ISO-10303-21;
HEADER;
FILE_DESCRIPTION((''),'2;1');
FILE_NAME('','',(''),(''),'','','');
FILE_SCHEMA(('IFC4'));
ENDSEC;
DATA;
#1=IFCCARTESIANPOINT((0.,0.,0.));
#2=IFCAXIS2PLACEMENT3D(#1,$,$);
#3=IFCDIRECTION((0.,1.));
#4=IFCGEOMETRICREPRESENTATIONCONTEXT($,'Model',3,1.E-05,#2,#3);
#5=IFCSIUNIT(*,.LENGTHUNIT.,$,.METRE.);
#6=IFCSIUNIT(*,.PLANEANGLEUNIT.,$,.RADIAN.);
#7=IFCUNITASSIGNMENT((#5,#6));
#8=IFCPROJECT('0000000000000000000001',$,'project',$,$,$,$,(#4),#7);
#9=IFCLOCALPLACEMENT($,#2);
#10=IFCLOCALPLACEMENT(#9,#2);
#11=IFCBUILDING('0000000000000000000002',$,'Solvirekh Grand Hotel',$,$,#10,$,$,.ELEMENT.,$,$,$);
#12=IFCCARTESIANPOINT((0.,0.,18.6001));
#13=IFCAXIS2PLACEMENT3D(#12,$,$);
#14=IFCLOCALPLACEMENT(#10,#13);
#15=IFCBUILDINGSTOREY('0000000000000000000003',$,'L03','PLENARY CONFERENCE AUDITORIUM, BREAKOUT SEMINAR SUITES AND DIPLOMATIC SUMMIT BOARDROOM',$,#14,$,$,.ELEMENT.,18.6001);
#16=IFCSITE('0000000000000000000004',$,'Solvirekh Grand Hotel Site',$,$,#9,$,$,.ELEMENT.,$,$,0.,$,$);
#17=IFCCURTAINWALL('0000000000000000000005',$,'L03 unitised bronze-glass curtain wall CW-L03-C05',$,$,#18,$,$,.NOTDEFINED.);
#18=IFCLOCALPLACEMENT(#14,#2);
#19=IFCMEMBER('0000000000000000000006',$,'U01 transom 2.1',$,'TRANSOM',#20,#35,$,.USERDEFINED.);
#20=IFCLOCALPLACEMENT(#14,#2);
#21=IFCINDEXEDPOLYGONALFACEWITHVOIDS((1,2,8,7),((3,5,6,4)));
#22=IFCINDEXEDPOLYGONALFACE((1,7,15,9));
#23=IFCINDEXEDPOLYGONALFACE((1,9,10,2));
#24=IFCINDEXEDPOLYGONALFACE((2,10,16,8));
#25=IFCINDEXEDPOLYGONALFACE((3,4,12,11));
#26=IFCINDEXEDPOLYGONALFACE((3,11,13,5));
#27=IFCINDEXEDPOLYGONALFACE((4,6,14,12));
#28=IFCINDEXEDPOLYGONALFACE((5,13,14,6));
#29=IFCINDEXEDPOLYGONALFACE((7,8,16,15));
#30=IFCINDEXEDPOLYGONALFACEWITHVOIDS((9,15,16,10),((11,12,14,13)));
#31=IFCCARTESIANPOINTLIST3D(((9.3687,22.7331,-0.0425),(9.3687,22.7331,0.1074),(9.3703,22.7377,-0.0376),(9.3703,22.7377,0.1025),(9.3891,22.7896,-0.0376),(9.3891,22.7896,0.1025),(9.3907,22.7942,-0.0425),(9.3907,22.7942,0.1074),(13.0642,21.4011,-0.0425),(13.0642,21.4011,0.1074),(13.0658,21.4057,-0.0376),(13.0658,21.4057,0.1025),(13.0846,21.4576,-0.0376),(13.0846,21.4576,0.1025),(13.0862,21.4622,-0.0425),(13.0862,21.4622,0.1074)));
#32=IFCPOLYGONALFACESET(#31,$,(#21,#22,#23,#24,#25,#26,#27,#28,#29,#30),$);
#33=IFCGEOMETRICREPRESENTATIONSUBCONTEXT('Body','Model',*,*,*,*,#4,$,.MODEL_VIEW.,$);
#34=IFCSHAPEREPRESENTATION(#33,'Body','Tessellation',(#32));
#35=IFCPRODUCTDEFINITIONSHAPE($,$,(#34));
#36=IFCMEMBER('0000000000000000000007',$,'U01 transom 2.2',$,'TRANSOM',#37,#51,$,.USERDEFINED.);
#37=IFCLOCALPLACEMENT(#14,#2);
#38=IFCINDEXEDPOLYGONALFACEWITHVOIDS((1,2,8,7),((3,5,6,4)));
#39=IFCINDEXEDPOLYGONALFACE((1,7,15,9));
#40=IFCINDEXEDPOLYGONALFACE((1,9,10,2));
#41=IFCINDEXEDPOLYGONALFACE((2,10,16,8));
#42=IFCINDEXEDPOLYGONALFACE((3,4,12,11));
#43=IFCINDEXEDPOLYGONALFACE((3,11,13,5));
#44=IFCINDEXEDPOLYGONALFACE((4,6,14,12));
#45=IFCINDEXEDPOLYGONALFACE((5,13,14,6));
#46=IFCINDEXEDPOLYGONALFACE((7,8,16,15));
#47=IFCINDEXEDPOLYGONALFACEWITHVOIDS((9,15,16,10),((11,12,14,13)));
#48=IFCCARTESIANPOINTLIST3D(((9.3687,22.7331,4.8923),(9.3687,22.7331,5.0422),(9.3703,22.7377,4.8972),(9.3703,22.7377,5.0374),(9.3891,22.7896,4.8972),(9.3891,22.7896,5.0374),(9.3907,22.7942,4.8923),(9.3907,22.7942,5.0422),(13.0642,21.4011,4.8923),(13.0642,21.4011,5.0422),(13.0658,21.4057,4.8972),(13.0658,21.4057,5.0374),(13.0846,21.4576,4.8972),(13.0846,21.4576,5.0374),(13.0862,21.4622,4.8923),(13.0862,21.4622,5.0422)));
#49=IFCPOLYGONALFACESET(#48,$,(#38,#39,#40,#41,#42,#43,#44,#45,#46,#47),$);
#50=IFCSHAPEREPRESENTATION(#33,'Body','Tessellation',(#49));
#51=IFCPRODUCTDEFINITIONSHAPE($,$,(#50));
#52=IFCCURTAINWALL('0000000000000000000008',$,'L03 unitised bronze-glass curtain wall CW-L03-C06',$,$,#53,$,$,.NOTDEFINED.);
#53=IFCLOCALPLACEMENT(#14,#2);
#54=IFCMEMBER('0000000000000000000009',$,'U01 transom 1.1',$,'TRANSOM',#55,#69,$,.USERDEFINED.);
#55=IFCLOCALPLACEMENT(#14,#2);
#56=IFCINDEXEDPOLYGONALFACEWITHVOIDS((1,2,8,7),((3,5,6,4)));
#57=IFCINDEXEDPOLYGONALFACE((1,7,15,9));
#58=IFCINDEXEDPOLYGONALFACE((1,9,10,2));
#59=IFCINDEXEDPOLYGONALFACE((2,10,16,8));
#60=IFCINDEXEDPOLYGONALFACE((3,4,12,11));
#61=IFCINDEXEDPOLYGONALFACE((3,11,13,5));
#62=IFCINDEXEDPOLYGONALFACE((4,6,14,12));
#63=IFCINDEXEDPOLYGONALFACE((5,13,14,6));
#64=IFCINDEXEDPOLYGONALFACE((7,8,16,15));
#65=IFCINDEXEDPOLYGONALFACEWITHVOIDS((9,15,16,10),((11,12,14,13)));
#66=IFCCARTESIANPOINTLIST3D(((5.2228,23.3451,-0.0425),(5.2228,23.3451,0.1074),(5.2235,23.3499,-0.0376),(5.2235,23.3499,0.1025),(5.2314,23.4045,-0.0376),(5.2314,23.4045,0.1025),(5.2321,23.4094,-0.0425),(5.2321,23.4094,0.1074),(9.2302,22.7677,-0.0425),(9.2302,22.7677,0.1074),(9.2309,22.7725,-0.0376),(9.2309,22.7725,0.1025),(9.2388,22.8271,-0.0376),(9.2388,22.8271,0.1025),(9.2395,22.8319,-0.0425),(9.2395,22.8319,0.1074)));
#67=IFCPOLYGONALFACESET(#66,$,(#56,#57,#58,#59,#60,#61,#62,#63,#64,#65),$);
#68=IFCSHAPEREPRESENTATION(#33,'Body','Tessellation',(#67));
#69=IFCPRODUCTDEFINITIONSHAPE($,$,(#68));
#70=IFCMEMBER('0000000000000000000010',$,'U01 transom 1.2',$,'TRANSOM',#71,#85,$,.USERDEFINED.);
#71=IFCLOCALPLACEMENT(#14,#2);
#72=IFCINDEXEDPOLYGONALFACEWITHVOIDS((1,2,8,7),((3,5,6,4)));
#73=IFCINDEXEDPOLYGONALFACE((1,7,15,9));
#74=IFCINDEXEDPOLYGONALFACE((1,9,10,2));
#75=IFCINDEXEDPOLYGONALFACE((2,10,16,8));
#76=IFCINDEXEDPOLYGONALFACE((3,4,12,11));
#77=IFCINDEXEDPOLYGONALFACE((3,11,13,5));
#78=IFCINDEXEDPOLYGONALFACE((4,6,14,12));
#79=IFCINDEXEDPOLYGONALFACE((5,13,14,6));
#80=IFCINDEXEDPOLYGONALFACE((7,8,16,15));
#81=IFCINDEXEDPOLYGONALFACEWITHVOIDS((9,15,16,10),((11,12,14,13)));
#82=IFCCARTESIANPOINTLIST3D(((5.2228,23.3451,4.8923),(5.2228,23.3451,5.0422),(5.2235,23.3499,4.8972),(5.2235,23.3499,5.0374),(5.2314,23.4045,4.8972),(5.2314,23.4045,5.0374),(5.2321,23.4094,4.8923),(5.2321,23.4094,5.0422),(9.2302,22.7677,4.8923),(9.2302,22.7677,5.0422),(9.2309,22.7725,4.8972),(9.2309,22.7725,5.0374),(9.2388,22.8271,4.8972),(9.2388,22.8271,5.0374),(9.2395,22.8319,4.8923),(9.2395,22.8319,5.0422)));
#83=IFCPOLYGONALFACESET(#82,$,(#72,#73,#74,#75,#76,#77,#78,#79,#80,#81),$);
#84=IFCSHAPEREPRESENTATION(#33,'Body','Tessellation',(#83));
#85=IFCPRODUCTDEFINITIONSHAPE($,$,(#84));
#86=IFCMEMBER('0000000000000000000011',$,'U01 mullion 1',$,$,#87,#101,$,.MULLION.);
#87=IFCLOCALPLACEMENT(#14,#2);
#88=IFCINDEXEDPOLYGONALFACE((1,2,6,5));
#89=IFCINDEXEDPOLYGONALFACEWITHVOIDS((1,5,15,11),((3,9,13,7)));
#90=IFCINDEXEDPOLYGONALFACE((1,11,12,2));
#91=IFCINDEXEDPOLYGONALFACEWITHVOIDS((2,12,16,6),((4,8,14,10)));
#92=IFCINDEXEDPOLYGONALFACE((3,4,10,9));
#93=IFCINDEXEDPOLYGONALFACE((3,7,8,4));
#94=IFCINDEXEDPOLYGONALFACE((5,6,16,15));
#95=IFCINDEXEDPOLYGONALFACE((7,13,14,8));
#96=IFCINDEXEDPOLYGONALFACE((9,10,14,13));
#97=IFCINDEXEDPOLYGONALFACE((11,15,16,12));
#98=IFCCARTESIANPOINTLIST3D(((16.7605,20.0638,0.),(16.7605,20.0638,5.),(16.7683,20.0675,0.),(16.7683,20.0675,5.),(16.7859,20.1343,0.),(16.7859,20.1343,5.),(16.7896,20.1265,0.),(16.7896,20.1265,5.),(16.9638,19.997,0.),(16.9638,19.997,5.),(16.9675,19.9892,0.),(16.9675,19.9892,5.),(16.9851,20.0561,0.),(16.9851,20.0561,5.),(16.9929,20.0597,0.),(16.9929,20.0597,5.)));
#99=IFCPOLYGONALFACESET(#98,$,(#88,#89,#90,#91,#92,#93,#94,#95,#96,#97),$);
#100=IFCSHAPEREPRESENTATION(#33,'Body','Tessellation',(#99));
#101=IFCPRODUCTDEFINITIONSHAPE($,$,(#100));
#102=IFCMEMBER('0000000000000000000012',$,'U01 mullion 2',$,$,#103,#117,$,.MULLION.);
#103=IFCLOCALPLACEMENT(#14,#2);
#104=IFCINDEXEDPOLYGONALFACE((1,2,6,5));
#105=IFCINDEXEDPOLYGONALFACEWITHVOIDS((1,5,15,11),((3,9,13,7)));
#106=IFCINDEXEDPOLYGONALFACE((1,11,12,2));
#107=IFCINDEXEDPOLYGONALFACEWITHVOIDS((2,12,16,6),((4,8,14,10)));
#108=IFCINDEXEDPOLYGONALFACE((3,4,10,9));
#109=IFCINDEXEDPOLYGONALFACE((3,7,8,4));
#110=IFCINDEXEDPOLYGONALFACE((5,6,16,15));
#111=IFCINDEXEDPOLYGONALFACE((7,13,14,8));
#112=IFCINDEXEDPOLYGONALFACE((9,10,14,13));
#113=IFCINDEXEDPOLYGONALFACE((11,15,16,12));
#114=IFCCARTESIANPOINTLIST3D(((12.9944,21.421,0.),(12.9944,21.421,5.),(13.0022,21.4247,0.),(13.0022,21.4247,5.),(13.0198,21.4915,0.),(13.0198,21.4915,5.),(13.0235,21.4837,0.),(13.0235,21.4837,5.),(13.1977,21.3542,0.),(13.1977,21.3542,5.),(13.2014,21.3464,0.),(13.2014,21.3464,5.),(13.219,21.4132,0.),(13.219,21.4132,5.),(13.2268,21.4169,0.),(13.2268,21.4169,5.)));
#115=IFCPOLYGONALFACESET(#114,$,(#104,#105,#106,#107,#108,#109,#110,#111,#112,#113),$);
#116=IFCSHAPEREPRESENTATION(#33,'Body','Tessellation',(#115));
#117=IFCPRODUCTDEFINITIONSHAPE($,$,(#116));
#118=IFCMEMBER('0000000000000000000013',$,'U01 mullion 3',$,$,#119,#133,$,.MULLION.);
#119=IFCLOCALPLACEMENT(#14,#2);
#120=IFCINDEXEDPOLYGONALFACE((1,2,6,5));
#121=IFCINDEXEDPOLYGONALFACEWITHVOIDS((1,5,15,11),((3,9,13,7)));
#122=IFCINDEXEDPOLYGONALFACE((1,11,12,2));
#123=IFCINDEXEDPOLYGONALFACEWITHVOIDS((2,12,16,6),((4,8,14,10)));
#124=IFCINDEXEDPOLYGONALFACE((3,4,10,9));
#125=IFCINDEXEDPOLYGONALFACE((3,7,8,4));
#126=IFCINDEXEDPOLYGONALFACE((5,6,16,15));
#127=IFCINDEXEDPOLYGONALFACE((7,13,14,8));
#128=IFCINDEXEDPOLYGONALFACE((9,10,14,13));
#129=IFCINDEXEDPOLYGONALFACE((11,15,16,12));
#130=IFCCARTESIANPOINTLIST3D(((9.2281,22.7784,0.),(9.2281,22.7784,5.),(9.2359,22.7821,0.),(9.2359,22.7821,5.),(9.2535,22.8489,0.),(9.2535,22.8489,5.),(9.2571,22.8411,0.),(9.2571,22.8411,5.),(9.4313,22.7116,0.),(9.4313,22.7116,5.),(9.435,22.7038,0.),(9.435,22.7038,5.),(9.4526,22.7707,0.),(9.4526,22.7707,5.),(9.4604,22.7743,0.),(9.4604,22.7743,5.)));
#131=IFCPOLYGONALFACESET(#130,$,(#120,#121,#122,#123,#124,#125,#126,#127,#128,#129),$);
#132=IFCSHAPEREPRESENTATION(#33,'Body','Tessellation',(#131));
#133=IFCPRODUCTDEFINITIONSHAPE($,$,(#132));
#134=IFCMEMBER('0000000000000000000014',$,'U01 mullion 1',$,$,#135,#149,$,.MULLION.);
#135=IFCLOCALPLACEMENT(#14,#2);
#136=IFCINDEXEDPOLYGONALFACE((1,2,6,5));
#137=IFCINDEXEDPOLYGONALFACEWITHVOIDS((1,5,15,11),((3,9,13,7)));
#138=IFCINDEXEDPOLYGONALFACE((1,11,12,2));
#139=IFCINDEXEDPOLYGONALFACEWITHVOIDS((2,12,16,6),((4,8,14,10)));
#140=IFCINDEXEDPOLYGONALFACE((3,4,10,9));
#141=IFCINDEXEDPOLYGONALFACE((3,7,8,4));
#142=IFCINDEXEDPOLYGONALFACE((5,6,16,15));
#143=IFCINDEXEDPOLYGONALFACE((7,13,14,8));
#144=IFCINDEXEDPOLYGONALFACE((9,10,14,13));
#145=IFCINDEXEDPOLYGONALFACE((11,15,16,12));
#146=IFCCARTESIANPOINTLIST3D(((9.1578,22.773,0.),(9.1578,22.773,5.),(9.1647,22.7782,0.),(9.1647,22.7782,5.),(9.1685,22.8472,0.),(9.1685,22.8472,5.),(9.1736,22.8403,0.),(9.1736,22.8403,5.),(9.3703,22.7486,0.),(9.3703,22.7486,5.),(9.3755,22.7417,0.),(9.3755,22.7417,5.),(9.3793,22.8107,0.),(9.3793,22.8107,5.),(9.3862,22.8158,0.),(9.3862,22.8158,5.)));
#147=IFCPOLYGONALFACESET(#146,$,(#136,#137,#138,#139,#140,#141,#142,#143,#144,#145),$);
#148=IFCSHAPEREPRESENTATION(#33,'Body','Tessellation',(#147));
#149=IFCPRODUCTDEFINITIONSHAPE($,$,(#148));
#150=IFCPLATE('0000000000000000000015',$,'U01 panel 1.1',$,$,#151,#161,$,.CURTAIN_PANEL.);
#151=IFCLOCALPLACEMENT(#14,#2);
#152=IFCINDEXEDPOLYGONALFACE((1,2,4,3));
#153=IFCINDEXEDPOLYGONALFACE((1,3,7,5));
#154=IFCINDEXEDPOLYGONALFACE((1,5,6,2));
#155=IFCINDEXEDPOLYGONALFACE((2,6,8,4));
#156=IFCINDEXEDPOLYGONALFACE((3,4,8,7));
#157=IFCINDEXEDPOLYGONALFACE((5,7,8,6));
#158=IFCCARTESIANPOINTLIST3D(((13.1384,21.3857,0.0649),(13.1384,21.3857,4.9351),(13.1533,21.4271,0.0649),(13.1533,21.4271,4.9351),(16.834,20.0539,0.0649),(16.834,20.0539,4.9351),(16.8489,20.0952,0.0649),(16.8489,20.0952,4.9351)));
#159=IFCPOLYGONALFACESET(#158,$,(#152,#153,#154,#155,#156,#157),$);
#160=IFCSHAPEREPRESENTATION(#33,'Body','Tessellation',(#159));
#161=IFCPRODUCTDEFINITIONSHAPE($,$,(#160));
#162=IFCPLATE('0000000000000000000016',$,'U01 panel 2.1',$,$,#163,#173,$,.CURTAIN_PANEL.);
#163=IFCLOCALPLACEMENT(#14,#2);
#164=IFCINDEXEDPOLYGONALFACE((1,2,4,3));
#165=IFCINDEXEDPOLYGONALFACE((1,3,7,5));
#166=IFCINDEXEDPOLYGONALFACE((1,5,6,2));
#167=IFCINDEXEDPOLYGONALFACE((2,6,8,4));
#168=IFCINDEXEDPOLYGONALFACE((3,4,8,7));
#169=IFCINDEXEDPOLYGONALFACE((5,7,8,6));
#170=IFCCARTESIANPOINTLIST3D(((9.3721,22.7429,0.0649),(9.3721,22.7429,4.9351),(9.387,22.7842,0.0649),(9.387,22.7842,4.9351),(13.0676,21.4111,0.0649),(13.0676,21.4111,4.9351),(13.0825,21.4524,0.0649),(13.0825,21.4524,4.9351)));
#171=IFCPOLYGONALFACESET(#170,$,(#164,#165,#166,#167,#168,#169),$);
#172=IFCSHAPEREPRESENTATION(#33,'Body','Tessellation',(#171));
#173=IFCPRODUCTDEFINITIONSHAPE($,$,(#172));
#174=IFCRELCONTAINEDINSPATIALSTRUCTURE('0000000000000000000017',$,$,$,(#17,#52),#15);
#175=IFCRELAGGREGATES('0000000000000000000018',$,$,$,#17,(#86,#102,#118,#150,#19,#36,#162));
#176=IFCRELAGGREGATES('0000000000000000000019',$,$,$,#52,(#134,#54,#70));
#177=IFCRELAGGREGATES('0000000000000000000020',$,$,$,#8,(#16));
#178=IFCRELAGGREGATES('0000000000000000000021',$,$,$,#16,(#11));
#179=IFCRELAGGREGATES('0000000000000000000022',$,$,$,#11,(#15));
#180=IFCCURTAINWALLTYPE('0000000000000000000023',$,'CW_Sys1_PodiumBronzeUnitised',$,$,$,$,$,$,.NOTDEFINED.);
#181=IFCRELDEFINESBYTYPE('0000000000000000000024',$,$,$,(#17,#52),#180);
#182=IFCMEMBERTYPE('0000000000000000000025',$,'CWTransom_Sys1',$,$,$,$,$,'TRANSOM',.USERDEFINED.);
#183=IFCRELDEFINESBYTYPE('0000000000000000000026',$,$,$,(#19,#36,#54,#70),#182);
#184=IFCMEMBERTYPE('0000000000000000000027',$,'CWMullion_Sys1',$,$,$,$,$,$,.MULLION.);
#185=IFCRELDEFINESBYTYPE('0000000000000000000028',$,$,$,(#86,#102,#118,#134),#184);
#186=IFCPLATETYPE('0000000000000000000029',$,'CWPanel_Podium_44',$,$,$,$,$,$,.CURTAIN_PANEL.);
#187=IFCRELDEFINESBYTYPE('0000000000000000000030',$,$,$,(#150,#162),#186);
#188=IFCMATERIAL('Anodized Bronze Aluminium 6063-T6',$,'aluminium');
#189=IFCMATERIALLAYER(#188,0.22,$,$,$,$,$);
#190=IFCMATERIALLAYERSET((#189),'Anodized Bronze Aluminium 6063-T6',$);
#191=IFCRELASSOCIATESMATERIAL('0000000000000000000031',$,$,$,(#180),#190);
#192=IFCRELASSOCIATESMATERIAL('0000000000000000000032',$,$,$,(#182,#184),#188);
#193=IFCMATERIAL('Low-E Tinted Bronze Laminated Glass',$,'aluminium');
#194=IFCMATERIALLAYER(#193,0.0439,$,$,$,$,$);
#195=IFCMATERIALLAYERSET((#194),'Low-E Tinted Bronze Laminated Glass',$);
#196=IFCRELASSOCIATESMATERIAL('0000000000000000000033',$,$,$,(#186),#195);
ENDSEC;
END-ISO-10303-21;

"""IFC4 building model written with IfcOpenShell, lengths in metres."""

from ifc_helpers import new_model, si_unit, direction, frame, origin, origin_2d, place, context, subcontext, project, spatial, rectangle, hollow_rectangle, extrude, source, transform, mapped, material, layer, layer_set, material_profile, profile_set, type_object, element, aggregate, save


model = new_model("IFC4")

# Units and contexts
model_context = context("Model", 3, precision=1e-05, world=origin(), true_north=direction((0.0, 1.0)))
body_context = subcontext(model_context, "Body", "Model", "MODEL_VIEW")
ifc_project = project(units=[si_unit("LENGTHUNIT", "METRE"), si_unit("PLANEANGLEUNIT", "RADIAN")], contexts=[model_context])

# Site, building, storey
site_placement = place(None, origin())
site = spatial("IfcSite", under=ifc_project, at=site_placement, Name="Solvirekh Grand Hotel Site", CompositionType="ELEMENT", RefElevation=0.0)
building_placement = place(site_placement, origin())
building = spatial("IfcBuilding", under=site, at=building_placement, Name="Solvirekh Grand Hotel", CompositionType="ELEMENT")
storey_placement = place(building_placement, frame((0.0, 0.0, 18.6001)))
storey = spatial("IfcBuildingStorey", under=building, at=storey_placement, Name="L03", Description="PLENARY CONFERENCE AUDITORIUM, BREAKOUT SEMINAR SUITES AND DIPLOMATIC SUMMIT BOARDROOM", CompositionType="ELEMENT", Elevation=18.6001)

# Curtain walls, members
ifc_material_1 = material(Name="Anodized Bronze Aluminium 6063-T6", Category="aluminium")
ifc_layer_1 = layer(ifc_material_1, 0.22)
ifc_layer_set_1 = layer_set([ifc_layer_1], Name="Anodized Bronze Aluminium 6063-T6")
curtain_wall_type = type_object("IfcCurtainWallType", Name="CW_Sys1_PodiumBronzeUnitised", PredefinedType="NOTDEFINED", material=ifc_layer_set_1)
curtain_wall_1_placement = place(storey_placement, origin())
curtain_wall_1 = element("IfcCurtainWall", 1, at=curtain_wall_1_placement, inside=storey, type_object=curtain_wall_type, Name="L03 unitised bronze-glass curtain wall CW-L03-C05", PredefinedType="NOTDEFINED")
ifc_material_profile_1 = material_profile(ifc_material_1, hollow_rectangle(XDim=0.0649, YDim=0.1499, WallThickness=0.0049, at=origin_2d()), Name="ALU RHS 150X65X5")
ifc_profile_set_1 = profile_set([ifc_material_profile_1], Name="Anodized Bronze Aluminium 6063-T6")
member_type_1 = type_object("IfcMemberType", Name="CWTransom_Sys1", ElementType="TRANSOM", PredefinedType="USERDEFINED", material=ifc_profile_set_1)
shared_shape_1 = source(origin(), body_context, "Body", "SweptSolid", [
    extrude(hollow_rectangle(XDim=0.0649, YDim=0.1499, WallThickness=0.0049, at=origin_2d()), origin(), (0.0, 0.0, 1.0), 3.9282),
])
member_1_placement = place(storey_placement, frame((13.0752, 21.4316, 0.0325), z_axis=(-0.940755, 0.339087, 0.0), x_axis=(-0.339087, -0.940755, 0.0)))
member_1 = element("IfcMember", 2, at=member_1_placement, type_object=member_type_1, Name="U01 transom 2.1", ObjectType="TRANSOM", PredefinedType="USERDEFINED", context=body_context, shape_type="MappedRepresentation", body=[
    mapped(shared_shape_1, transform((0.0, 0.0, 0.0), x_axis=(1.0, 0.0, 0.0), y_axis=(0.0, 1.0, 0.0), z_axis=(0.0, 0.0, 1.0), scale=1.0)),
])
member_2_placement = place(storey_placement, frame((13.0752, 21.4316, 4.9673), z_axis=(-0.940755, 0.339087, 0.0), x_axis=(-0.339087, -0.940755, 0.0)))
member_2 = element("IfcMember", 3, at=member_2_placement, type_object=member_type_1, Name="U01 transom 2.2", ObjectType="TRANSOM", PredefinedType="USERDEFINED", context=body_context, shape_type="MappedRepresentation", body=[
    mapped(shared_shape_1, transform((0.0, 0.0, 0.0), x_axis=(1.0, 0.0, 0.0), y_axis=(0.0, 1.0, 0.0), z_axis=(0.0, 0.0, 1.0), scale=1.0)),
])
curtain_wall_2_placement = place(storey_placement, origin())
curtain_wall_2 = element("IfcCurtainWall", 4, at=curtain_wall_2_placement, inside=storey, type_object=curtain_wall_type, Name="L03 unitised bronze-glass curtain wall CW-L03-C06", PredefinedType="NOTDEFINED")
shared_shape_2 = source(origin(), body_context, "Body", "SweptSolid", [
    extrude(hollow_rectangle(XDim=0.0649, YDim=0.1499, WallThickness=0.0049, at=origin_2d()), origin(), (0.0, 0.0, 1.0), 4.0488),
])
member_3_placement = place(storey_placement, frame((9.2349, 22.7998, 0.0325), z_axis=(-0.989779, 0.142612, 0.0), x_axis=(-0.142612, -0.989779, 0.0)))
member_3 = element("IfcMember", 5, at=member_3_placement, type_object=member_type_1, Name="U01 transom 1.1", ObjectType="TRANSOM", PredefinedType="USERDEFINED", context=body_context, shape_type="MappedRepresentation", body=[
    mapped(shared_shape_2, transform((0.0, 0.0, 0.0), x_axis=(1.0, 0.0, 0.0), y_axis=(0.0, 1.0, 0.0), z_axis=(0.0, 0.0, 1.0), scale=1.0)),
])
member_4_placement = place(storey_placement, frame((9.2349, 22.7998, 4.9673), z_axis=(-0.989779, 0.142612, 0.0), x_axis=(-0.142612, -0.989779, 0.0)))
member_4 = element("IfcMember", 6, at=member_4_placement, type_object=member_type_1, Name="U01 transom 1.2", ObjectType="TRANSOM", PredefinedType="USERDEFINED", context=body_context, shape_type="MappedRepresentation", body=[
    mapped(shared_shape_2, transform((0.0, 0.0, 0.0), x_axis=(1.0, 0.0, 0.0), y_axis=(0.0, 1.0, 0.0), z_axis=(0.0, 0.0, 1.0), scale=1.0)),
])

# Members
ifc_material_profile_2 = material_profile(ifc_material_1, hollow_rectangle(XDim=0.075, YDim=0.22, WallThickness=0.0061, at=origin_2d()), Name="ALU RHS 220X75X6")
ifc_profile_set_2 = profile_set([ifc_material_profile_2], Name="Anodized Bronze Aluminium 6063-T6")
member_type_2 = type_object("IfcMemberType", Name="CWMullion_Sys1", PredefinedType="MULLION", material=ifc_profile_set_2)
shared_shape_3 = source(origin(), body_context, "Body", "SweptSolid", [
    extrude(hollow_rectangle(XDim=0.075, YDim=0.22, WallThickness=0.0061, at=origin_2d()), origin(), (0.0, 0.0, 1.0), 5.0),
])
member_5_placement = place(storey_placement, frame((16.8767, 20.0618, 0.0), z_axis=(0.0, 0.0, 1.0), x_axis=(-0.339039, -0.940772, 0.0)))
member_5 = element("IfcMember", 7, at=member_5_placement, type_object=member_type_2, Name="U01 mullion 1", PredefinedType="MULLION", context=body_context, shape_type="MappedRepresentation", body=[
    mapped(shared_shape_3, transform((0.0, 0.0, 0.0), x_axis=(1.0, 0.0, 0.0), y_axis=(0.0, 1.0, 0.0), z_axis=(0.0, 0.0, 1.0), scale=1.0)),
])
member_6_placement = place(storey_placement, frame((13.1106, 21.4189, 0.0), z_axis=(0.0, 0.0, 1.0), x_axis=(-0.339039, -0.940772, 0.0)))
member_6 = element("IfcMember", 8, at=member_6_placement, type_object=member_type_2, Name="U01 mullion 2", PredefinedType="MULLION", context=body_context, shape_type="MappedRepresentation", body=[
    mapped(shared_shape_3, transform((0.0, 0.0, 0.0), x_axis=(1.0, 0.0, 0.0), y_axis=(0.0, 1.0, 0.0), z_axis=(0.0, 0.0, 1.0), scale=1.0)),
])
member_7_placement = place(storey_placement, frame((9.3442, 22.7764, 0.0), z_axis=(0.0, 0.0, 1.0), x_axis=(-0.339039, -0.940772, 0.0)))
member_7 = element("IfcMember", 9, at=member_7_placement, type_object=member_type_2, Name="U01 mullion 3", PredefinedType="MULLION", context=body_context, shape_type="MappedRepresentation", body=[
    mapped(shared_shape_3, transform((0.0, 0.0, 0.0), x_axis=(1.0, 0.0, 0.0), y_axis=(0.0, 1.0, 0.0), z_axis=(0.0, 0.0, 1.0), scale=1.0)),
])
member_8_placement = place(storey_placement, frame((9.272, 22.7944, 0.0), z_axis=(0.0, 0.0, 1.0), x_axis=(-0.142632, -0.989776, 0.0)))
member_8 = element("IfcMember", 10, at=member_8_placement, type_object=member_type_2, Name="U01 mullion 1", PredefinedType="MULLION", context=body_context, shape_type="MappedRepresentation", body=[
    mapped(shared_shape_3, transform((0.0, 0.0, 0.0), x_axis=(1.0, 0.0, 0.0), y_axis=(0.0, 1.0, 0.0), z_axis=(0.0, 0.0, 1.0), scale=1.0)),
])

# Plates
ifc_material_2 = material(Name="Low-E Tinted Bronze Laminated Glass", Category="aluminium")
ifc_layer_2 = layer(ifc_material_2, 0.0439)
ifc_layer_set_2 = layer_set([ifc_layer_2], Name="Low-E Tinted Bronze Laminated Glass")
plate_type = type_object("IfcPlateType", Name="CWPanel_Podium_44", PredefinedType="CURTAIN_PANEL", material=ifc_layer_set_2)
shared_shape_4 = source(origin(), body_context, "Body", "SweptSolid", [
    extrude(rectangle(XDim=3.9282, YDim=0.0439, at=origin_2d()), origin(), (0.0, 0.0, 1.0), 4.8701),
])
plate_1_placement = place(storey_placement, frame((14.9937, 20.7405, 0.0649), z_axis=(0.0, 0.0, 1.0), x_axis=(-0.940772, 0.339039, 0.0)))
plate_1 = element("IfcPlate", 11, at=plate_1_placement, type_object=plate_type, Name="U01 panel 1.1", PredefinedType="CURTAIN_PANEL", context=body_context, shape_type="MappedRepresentation", body=[
    mapped(shared_shape_4, transform((0.0, 0.0, 0.0), x_axis=(1.0, 0.0, 0.0), y_axis=(0.0, 1.0, 0.0), z_axis=(0.0, 0.0, 1.0), scale=1.0)),
])
plate_2_placement = place(storey_placement, frame((11.2273, 22.0977, 0.0649), z_axis=(0.0, 0.0, 1.0), x_axis=(-0.940772, 0.339039, 0.0)))
plate_2 = element("IfcPlate", 12, at=plate_2_placement, type_object=plate_type, Name="U01 panel 2.1", PredefinedType="CURTAIN_PANEL", context=body_context, shape_type="MappedRepresentation", body=[
    mapped(shared_shape_4, transform((0.0, 0.0, 0.0), x_axis=(1.0, 0.0, 0.0), y_axis=(0.0, 1.0, 0.0), z_axis=(0.0, 0.0, 1.0), scale=1.0)),
])
aggregate(curtain_wall_1, [member_5, member_6, member_7, plate_1, member_1, member_2, plate_2])
aggregate(curtain_wall_2, [member_8, member_3, member_4])

save(model, "model.ifc")
